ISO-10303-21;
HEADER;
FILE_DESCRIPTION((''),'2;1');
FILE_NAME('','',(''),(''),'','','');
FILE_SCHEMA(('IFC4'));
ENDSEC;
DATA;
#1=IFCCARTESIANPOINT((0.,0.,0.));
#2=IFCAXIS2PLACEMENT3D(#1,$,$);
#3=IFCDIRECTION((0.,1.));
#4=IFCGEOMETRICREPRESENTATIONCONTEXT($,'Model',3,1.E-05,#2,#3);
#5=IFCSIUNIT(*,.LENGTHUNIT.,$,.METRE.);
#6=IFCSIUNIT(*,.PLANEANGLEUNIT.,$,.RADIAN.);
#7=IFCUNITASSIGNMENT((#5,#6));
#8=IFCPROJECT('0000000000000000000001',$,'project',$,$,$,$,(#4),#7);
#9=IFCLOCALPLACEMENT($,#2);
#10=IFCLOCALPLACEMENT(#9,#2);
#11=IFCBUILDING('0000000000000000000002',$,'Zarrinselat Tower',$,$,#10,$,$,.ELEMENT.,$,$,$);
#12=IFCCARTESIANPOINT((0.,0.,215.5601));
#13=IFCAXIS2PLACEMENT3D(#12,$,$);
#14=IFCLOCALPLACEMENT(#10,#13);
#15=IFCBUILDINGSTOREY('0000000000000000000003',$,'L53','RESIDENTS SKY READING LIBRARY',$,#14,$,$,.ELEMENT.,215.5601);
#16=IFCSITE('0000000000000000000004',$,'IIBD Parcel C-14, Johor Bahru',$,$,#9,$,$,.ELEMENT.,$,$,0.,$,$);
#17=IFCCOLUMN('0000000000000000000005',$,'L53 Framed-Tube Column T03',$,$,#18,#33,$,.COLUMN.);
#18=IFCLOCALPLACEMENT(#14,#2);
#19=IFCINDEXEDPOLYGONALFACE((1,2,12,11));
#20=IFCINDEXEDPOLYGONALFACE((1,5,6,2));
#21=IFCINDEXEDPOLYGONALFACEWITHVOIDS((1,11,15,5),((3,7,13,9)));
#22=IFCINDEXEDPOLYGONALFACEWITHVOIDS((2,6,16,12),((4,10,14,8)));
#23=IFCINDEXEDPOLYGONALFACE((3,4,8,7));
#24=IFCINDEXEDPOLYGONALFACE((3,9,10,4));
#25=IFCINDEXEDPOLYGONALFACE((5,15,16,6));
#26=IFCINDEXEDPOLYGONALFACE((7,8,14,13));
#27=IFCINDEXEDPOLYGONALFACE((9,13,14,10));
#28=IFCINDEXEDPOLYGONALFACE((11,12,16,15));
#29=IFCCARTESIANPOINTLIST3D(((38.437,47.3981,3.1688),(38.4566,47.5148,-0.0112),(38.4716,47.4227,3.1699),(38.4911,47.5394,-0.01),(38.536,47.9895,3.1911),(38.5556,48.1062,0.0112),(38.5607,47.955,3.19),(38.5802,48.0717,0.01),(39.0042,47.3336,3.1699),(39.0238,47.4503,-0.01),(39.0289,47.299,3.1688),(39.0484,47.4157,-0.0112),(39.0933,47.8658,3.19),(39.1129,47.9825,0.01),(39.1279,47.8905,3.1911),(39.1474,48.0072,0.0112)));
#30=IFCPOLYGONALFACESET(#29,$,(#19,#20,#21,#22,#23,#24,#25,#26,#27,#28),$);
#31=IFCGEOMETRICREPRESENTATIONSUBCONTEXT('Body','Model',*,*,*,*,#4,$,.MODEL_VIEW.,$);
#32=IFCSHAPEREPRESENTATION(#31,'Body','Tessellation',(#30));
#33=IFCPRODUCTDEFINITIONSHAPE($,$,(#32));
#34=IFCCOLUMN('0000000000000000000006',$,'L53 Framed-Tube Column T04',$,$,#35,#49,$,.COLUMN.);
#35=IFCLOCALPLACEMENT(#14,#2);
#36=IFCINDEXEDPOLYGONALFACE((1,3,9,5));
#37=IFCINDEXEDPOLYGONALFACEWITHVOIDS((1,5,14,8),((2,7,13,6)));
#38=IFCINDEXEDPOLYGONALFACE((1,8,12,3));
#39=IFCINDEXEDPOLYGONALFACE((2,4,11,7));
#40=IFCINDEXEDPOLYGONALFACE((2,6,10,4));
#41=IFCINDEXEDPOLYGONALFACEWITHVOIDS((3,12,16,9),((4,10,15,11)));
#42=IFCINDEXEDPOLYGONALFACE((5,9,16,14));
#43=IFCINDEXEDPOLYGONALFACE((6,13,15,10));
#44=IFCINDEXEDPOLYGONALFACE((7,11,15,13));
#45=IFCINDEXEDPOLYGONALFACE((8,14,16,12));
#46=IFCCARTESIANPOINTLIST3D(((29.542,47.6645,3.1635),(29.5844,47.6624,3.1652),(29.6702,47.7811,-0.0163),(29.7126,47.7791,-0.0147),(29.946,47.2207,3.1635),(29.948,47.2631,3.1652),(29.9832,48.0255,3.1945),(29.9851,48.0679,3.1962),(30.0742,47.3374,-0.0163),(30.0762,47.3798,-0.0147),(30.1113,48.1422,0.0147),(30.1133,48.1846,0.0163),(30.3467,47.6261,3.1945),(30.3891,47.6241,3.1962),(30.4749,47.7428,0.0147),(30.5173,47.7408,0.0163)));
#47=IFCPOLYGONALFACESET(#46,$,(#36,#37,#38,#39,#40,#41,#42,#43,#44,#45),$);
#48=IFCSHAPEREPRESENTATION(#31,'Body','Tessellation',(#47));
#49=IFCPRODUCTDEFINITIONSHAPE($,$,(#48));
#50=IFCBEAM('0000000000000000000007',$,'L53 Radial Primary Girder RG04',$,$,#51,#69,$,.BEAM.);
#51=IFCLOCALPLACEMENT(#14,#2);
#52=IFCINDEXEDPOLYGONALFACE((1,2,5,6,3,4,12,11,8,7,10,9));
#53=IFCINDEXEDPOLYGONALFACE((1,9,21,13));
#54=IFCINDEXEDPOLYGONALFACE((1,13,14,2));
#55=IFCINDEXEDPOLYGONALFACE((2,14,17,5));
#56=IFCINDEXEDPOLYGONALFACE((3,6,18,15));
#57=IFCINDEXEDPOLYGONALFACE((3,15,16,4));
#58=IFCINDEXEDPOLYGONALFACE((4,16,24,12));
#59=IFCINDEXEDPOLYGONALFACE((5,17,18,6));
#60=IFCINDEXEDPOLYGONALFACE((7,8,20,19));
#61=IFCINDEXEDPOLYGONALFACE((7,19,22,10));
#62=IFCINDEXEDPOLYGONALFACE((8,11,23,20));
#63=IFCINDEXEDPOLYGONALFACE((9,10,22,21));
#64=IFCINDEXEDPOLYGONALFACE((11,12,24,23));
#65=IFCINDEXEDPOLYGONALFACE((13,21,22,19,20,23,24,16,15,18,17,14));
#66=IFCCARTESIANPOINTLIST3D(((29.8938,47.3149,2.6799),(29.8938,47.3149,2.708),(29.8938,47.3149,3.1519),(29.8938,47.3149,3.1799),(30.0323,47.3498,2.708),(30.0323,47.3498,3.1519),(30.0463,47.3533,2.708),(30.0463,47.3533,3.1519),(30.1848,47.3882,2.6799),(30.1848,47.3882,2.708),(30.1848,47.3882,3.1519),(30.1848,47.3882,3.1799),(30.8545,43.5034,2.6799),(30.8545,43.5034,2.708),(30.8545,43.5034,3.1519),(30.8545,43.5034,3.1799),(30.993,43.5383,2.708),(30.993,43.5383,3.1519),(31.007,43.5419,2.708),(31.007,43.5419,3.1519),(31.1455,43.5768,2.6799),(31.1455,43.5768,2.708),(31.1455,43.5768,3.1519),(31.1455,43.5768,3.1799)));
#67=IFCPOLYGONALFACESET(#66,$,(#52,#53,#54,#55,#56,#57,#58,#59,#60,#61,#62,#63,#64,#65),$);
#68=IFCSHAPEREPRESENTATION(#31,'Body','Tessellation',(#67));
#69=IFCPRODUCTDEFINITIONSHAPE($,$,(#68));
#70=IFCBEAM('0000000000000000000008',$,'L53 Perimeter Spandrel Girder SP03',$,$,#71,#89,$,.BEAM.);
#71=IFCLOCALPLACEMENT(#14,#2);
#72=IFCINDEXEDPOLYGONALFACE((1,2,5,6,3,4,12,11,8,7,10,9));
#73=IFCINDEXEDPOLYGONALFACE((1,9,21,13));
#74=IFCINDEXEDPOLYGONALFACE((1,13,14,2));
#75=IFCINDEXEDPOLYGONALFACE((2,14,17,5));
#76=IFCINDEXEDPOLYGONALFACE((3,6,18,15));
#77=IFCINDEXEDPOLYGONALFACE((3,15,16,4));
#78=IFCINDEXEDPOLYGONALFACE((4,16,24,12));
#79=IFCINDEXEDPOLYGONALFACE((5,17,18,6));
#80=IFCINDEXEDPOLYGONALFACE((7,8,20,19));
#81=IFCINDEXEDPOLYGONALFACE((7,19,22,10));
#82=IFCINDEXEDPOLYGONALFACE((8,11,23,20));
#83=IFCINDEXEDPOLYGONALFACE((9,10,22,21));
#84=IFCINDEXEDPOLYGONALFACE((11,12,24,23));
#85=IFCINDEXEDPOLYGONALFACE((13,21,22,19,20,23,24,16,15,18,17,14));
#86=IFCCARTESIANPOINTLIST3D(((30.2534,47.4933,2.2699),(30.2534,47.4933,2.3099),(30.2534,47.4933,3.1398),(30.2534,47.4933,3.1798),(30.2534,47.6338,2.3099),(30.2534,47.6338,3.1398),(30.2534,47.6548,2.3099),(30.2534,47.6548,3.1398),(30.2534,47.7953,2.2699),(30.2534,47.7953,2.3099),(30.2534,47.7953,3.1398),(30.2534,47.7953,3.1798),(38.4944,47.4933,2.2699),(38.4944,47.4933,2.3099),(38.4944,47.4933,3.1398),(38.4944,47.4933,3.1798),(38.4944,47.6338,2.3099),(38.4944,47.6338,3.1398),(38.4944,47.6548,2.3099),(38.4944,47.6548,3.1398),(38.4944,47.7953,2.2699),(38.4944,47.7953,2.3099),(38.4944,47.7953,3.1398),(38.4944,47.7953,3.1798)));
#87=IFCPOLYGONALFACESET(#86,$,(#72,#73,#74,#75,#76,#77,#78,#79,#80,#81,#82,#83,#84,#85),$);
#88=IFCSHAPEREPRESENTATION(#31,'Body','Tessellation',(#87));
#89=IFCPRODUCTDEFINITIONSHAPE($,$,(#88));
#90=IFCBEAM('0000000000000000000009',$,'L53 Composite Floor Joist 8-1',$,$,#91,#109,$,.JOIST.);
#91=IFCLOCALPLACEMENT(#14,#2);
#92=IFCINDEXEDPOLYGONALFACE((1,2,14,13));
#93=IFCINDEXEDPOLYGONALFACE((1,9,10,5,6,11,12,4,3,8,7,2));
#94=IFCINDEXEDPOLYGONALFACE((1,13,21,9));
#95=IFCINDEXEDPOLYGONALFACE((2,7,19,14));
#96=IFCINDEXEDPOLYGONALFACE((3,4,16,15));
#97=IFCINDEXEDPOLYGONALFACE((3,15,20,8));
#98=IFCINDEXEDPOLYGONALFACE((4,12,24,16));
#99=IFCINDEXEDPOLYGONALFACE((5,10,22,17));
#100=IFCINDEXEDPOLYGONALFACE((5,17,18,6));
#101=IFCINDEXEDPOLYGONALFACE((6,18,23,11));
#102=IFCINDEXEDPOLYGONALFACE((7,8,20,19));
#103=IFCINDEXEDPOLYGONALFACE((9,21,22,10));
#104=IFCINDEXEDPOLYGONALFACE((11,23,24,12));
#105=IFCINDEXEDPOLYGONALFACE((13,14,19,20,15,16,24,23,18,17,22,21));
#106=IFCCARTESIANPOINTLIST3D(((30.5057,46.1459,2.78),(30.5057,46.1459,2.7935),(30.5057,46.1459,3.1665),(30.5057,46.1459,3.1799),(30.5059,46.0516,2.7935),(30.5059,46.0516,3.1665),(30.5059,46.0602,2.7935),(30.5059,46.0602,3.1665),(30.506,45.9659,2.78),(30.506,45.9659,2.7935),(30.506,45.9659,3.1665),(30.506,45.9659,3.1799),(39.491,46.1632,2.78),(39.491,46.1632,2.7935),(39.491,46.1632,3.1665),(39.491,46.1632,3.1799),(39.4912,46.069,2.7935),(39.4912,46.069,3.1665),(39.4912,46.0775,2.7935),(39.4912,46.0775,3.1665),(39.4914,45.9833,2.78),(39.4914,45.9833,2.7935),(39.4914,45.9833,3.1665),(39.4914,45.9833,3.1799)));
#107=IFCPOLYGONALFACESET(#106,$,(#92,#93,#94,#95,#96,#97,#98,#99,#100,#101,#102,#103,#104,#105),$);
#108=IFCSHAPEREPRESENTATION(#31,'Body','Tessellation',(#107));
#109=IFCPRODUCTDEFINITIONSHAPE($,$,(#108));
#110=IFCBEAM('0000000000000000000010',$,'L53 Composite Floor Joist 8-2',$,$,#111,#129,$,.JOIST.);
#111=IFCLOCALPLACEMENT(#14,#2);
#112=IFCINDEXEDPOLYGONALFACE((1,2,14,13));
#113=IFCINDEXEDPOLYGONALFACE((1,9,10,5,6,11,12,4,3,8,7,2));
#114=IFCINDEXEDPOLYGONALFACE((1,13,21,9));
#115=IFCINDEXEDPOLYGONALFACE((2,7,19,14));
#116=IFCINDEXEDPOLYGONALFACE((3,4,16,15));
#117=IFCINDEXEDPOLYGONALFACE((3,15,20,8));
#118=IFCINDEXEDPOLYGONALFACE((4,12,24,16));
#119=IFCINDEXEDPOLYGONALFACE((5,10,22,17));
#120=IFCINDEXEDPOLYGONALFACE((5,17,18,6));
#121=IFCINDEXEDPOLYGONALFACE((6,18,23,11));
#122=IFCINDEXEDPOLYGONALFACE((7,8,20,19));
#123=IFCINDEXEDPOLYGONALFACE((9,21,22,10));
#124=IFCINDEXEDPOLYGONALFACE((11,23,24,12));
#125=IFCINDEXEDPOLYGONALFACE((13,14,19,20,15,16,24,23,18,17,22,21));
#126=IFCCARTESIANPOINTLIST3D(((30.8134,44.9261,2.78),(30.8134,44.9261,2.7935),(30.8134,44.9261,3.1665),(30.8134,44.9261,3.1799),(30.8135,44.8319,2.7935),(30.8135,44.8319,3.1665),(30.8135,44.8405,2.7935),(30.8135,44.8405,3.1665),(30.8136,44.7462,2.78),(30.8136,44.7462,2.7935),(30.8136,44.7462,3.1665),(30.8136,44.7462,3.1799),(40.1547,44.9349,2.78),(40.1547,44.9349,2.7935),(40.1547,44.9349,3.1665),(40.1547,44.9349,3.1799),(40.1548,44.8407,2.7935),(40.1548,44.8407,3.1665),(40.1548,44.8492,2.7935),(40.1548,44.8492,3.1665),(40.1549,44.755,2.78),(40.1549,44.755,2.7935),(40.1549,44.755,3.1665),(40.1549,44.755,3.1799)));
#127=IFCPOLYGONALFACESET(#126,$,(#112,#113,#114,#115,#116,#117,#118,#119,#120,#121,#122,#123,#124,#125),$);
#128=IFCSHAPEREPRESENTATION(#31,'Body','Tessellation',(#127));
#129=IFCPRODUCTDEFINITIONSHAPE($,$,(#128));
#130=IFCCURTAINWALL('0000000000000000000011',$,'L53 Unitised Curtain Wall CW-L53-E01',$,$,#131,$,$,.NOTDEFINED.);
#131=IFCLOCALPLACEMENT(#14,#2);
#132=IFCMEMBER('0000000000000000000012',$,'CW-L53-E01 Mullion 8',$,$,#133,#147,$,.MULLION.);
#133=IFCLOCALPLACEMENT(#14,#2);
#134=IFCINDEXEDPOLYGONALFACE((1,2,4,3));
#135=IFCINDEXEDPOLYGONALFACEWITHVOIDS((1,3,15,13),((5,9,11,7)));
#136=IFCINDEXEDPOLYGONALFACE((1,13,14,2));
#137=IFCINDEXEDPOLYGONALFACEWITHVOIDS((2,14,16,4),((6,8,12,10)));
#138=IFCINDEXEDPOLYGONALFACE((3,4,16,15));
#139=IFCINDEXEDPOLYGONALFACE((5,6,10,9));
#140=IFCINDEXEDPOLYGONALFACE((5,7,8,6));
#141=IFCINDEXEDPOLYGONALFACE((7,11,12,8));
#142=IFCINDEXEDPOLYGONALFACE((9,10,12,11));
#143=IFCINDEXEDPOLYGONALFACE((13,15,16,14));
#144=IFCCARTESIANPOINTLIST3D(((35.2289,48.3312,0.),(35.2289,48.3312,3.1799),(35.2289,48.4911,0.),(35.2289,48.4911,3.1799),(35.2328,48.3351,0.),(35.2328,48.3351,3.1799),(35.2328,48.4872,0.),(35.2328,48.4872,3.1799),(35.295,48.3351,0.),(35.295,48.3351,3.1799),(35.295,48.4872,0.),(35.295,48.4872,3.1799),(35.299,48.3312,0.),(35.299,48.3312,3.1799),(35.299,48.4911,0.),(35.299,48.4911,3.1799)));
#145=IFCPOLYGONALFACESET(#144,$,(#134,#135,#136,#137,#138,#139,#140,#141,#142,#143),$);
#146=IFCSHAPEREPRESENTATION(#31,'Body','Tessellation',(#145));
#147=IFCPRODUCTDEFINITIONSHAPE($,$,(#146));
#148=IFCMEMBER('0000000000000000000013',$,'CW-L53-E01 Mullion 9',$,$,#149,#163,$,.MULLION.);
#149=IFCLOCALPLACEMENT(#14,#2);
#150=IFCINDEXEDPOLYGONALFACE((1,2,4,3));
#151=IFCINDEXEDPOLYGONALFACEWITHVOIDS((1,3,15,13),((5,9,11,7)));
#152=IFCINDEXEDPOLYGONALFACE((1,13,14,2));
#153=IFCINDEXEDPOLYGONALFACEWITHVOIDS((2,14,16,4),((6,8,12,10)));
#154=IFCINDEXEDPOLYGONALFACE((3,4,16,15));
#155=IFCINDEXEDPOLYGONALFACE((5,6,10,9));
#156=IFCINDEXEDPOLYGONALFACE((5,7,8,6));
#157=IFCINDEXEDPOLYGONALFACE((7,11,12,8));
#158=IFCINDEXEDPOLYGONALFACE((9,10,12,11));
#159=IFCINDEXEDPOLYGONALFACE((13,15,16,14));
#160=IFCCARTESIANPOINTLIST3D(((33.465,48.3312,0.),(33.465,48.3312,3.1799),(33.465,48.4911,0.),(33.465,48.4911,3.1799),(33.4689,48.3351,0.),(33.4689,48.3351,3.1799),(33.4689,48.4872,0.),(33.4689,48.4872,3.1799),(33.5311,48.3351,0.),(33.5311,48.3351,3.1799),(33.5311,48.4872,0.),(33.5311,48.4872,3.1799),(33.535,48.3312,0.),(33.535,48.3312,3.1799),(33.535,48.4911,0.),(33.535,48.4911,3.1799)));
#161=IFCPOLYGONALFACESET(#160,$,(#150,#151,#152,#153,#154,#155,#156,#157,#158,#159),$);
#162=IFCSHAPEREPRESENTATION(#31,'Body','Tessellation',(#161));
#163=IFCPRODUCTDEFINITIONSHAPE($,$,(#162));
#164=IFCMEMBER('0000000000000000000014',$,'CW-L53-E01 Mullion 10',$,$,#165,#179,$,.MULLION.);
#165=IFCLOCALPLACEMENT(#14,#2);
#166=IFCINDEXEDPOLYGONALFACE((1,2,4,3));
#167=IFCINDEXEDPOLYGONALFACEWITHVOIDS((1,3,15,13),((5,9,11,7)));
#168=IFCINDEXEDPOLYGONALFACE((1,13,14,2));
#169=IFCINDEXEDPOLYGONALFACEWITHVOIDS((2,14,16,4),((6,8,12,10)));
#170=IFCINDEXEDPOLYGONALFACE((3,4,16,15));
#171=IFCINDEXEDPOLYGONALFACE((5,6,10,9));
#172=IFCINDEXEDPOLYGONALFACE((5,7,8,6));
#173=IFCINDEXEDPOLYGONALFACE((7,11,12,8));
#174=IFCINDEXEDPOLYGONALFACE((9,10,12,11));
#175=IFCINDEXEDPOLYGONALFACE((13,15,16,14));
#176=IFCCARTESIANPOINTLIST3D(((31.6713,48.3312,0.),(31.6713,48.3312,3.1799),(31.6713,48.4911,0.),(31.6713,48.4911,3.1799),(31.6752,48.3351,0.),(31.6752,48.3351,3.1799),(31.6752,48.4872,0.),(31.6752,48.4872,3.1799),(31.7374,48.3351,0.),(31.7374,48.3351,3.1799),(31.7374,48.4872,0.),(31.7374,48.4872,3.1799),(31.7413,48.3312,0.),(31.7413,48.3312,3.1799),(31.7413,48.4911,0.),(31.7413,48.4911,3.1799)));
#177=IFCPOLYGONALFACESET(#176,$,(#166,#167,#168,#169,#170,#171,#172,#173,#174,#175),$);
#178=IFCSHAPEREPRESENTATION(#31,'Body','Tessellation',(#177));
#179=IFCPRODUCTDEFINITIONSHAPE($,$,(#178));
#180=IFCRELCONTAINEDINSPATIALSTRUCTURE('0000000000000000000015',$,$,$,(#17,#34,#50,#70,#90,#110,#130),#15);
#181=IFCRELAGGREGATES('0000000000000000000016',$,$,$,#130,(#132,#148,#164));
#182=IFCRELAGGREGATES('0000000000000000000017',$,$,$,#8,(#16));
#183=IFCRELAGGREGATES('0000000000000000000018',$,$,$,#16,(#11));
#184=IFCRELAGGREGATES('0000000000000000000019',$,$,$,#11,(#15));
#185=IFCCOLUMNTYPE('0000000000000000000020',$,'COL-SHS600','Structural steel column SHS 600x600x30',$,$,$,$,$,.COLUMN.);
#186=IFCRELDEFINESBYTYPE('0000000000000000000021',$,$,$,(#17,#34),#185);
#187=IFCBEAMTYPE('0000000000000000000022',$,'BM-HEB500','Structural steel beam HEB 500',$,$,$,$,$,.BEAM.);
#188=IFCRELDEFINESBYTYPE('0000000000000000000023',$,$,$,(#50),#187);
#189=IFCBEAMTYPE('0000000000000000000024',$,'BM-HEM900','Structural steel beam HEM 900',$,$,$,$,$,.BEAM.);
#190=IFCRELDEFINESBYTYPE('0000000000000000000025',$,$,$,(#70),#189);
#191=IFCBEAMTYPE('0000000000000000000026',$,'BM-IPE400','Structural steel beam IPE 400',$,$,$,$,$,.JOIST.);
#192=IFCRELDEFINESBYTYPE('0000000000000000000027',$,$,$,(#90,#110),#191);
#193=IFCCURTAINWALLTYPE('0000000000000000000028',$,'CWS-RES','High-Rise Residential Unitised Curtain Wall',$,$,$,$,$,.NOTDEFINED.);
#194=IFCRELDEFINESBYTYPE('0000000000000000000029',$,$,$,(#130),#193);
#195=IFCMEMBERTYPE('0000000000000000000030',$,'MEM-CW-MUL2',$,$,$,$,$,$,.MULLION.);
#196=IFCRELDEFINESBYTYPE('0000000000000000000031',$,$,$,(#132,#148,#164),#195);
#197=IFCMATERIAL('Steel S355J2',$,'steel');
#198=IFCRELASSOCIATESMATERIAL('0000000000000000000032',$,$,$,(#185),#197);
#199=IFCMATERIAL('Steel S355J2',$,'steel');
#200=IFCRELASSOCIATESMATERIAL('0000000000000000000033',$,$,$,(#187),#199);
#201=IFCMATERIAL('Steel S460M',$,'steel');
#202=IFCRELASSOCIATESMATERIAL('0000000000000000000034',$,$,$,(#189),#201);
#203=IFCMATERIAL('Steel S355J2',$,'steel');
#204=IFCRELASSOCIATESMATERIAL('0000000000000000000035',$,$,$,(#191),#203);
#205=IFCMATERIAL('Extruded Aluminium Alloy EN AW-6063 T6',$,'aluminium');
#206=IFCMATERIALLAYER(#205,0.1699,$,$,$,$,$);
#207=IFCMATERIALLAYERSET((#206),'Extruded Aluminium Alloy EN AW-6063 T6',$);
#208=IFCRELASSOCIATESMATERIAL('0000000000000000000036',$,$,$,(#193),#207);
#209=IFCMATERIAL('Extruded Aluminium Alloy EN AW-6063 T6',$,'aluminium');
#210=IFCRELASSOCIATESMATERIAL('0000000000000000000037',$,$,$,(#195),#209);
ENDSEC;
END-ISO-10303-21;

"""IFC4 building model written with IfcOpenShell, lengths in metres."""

from ifc_helpers import new_model, si_unit, direction, frame, origin, origin_2d, place, context, subcontext, project, spatial, hollow_rectangle, i_section, extrude, material, layer, layer_set, material_profile, profile_set, type_object, element, aggregate, save


model = new_model("IFC4")

# Units and contexts
model_context = context("Model", 3, precision=1e-05, world=origin(), true_north=direction((0.0, 1.0)))
body_context = subcontext(model_context, "Body", "Model", "MODEL_VIEW")
ifc_project = project(units=[si_unit("LENGTHUNIT", "METRE"), si_unit("PLANEANGLEUNIT", "RADIAN")], contexts=[model_context])

# Site, building, storey
site_placement = place(None, origin())
site = spatial("IfcSite", under=ifc_project, at=site_placement, Name="IIBD Parcel C-14, Johor Bahru", CompositionType="ELEMENT", RefElevation=0.0)
building_placement = place(site_placement, origin())
building = spatial("IfcBuilding", under=site, at=building_placement, Name="Zarrinselat Tower", CompositionType="ELEMENT")
storey_placement = place(building_placement, frame((0.0, 0.0, 215.5601)))
storey = spatial("IfcBuildingStorey", under=building, at=storey_placement, Name="L53", Description="RESIDENTS SKY READING LIBRARY", CompositionType="ELEMENT", Elevation=215.5601)

# Columns
ifc_material_1 = material(Name="Steel S355J2", Category="steel")
ifc_material_profile_1 = material_profile(ifc_material_1, hollow_rectangle(XDim=0.6001, YDim=0.6001, WallThickness=0.03, at=origin_2d()), Name="SHS 600x600x30")
ifc_profile_set_1 = profile_set([ifc_material_profile_1], Name="Steel S355J2")
column_type = type_object("IfcColumnType", Name="COL-SHS600", Description="Structural steel column SHS 600x600x30", PredefinedType="COLUMN", material=ifc_profile_set_1)
column_1_placement = place(storey_placement, frame((38.802, 47.761, 0.0), z_axis=(-0.006138, -0.036673, 0.999308), x_axis=(0.986282, -0.165068, 0.0)))
element("IfcColumn", 1, at=column_1_placement, inside=storey, type_object=column_type, Name="L53 Framed-Tube Column T03", PredefinedType="COLUMN", context=body_context, shape_type="SweptSolid", body=[
    extrude(hollow_rectangle(XDim=0.6001, YDim=0.6001, WallThickness=0.03, at=origin_2d()), origin(), (0.0, 0.0, 1.0), 3.1821),
])
column_2_placement = place(storey_placement, frame((30.0938, 47.761, 0.0), z_axis=(-0.040247, -0.036644, 0.998518), x_axis=(0.673233, -0.73943, 0.0)))
element("IfcColumn", 2, at=column_2_placement, inside=storey, type_object=column_type, Name="L53 Framed-Tube Column T04", PredefinedType="COLUMN", context=body_context, shape_type="SweptSolid", body=[
    extrude(hollow_rectangle(XDim=0.6001, YDim=0.6001, WallThickness=0.03, at=origin_2d()), origin(), (0.0, 0.0, 1.0), 3.1846),
])

# Beams
ifc_material_2 = material(Name="Steel S355J2", Category="steel")
ifc_material_profile_2 = material_profile(ifc_material_2, i_section(OverallWidth=0.3, OverallDepth=0.5, WebThickness=0.0144, FlangeThickness=0.0281, at=origin_2d()), Name="HEB 500")
ifc_profile_set_2 = profile_set([ifc_material_profile_2], Name="Steel S355J2")
beam_type_1 = type_object("IfcBeamType", Name="BM-HEB500", Description="Structural steel beam HEB 500", PredefinedType="BEAM", material=ifc_profile_set_2)
beam_1_placement = place(storey_placement, frame((30.0393, 47.3516, 2.9299), z_axis=(0.244406, -0.969673, 0.0), x_axis=(0.969673, 0.244406, 0.0)))
element("IfcBeam", 3, at=beam_1_placement, inside=storey, type_object=beam_type_1, Name="L53 Radial Primary Girder RG04", PredefinedType="BEAM", context=body_context, shape_type="SweptSolid", body=[
    extrude(i_section(OverallWidth=0.3, OverallDepth=0.5, WebThickness=0.0144, FlangeThickness=0.0281, at=origin_2d()), origin(), (0.0, 0.0, 1.0), 3.9307),
])
ifc_material_3 = material(Name="Steel S460M", Category="steel")
ifc_material_profile_3 = material_profile(ifc_material_3, i_section(OverallWidth=0.302, OverallDepth=0.9099, WebThickness=0.021, FlangeThickness=0.04, at=origin_2d()), Name="HEM 900")
ifc_profile_set_3 = profile_set([ifc_material_profile_3], Name="Steel S460M")
beam_type_2 = type_object("IfcBeamType", Name="BM-HEM900", Description="Structural steel beam HEM 900", PredefinedType="BEAM", material=ifc_profile_set_3)
beam_2_placement = place(storey_placement, frame((30.2534, 47.6443, 2.7249), z_axis=(1.0, 0.0, 0.0), x_axis=(0.0, 1.0, 0.0)))
element("IfcBeam", 4, at=beam_2_placement, inside=storey, type_object=beam_type_2, Name="L53 Perimeter Spandrel Girder SP03", PredefinedType="BEAM", context=body_context, shape_type="SweptSolid", body=[
    extrude(i_section(OverallWidth=0.302, OverallDepth=0.9099, WebThickness=0.021, FlangeThickness=0.04, at=origin_2d()), origin(), (0.0, 0.0, 1.0), 8.241),
])
ifc_material_4 = material(Name="Steel S355J2", Category="steel")
ifc_material_profile_4 = material_profile(ifc_material_4, i_section(OverallWidth=0.1799, OverallDepth=0.3999, WebThickness=0.0085, FlangeThickness=0.0134, at=origin_2d()), Name="IPE 400")
ifc_profile_set_4 = profile_set([ifc_material_profile_4], Name="Steel S355J2")
beam_type_3 = type_object("IfcBeamType", Name="BM-IPE400", Description="Structural steel beam IPE 400", PredefinedType="JOIST", material=ifc_profile_set_4)
beam_3_placement = place(storey_placement, frame((30.5059, 46.0559, 2.98), z_axis=(0.999998, 0.001929, 0.0), x_axis=(-0.001929, 0.999998, 0.0)))
element("IfcBeam", 5, at=beam_3_placement, inside=storey, type_object=beam_type_3, Name="L53 Composite Floor Joist 8-1", PredefinedType="JOIST", context=body_context, shape_type="SweptSolid", body=[
    extrude(i_section(OverallWidth=0.1799, OverallDepth=0.3999, WebThickness=0.0085, FlangeThickness=0.0134, at=origin_2d()), origin(), (0.0, 0.0, 1.0), 8.9854),
])
beam_4_placement = place(storey_placement, frame((30.8135, 44.8362, 2.98), z_axis=(1.0, 0.000941, 0.0), x_axis=(-0.000941, 1.0, 0.0)))
element("IfcBeam", 6, at=beam_4_placement, inside=storey, type_object=beam_type_3, Name="L53 Composite Floor Joist 8-2", PredefinedType="JOIST", context=body_context, shape_type="SweptSolid", body=[
    extrude(i_section(OverallWidth=0.1799, OverallDepth=0.3999, WebThickness=0.0085, FlangeThickness=0.0134, at=origin_2d()), origin(), (0.0, 0.0, 1.0), 9.3413),
])

# Curtain wall, members
ifc_material_5 = material(Name="Extruded Aluminium Alloy EN AW-6063 T6", Category="aluminium")
ifc_layer_1 = layer(ifc_material_5, 0.1699)
ifc_layer_set_1 = layer_set([ifc_layer_1], Name="Extruded Aluminium Alloy EN AW-6063 T6")
curtain_wall_type = type_object("IfcCurtainWallType", Name="CWS-RES", Description="High-Rise Residential Unitised Curtain Wall", PredefinedType="NOTDEFINED", material=ifc_layer_set_1)
curtain_wall_placement = place(storey_placement, origin())
curtain_wall = element("IfcCurtainWall", 7, at=curtain_wall_placement, inside=storey, type_object=curtain_wall_type, Name="L53 Unitised Curtain Wall CW-L53-E01", PredefinedType="NOTDEFINED")
ifc_material_6 = material(Name="Extruded Aluminium Alloy EN AW-6063 T6", Category="aluminium")
ifc_material_profile_5 = material_profile(ifc_material_6, hollow_rectangle(XDim=0.0701, YDim=0.1599, WallThickness=0.0039, at=origin_2d()), Name="RHS 160x70x4")
ifc_profile_set_5 = profile_set([ifc_material_profile_5], Name="Extruded Aluminium Alloy EN AW-6063 T6")
member_type_1 = type_object("IfcMemberType", Name="MEM-CW-MUL2", PredefinedType="MULLION", material=ifc_profile_set_5)
member_1_placement = place(storey_placement, frame((35.2639, 48.4111, 0.0), z_axis=(0.0, 0.0, 1.0), x_axis=(-1.0, 0.0, 0.0)))
member_1 = element("IfcMember", 8, at=member_1_placement, type_object=member_type_1, Name="CW-L53-E01 Mullion 8", PredefinedType="MULLION", context=body_context, shape_type="SweptSolid", body=[
    extrude(hollow_rectangle(XDim=0.0701, YDim=0.1599, WallThickness=0.0039, at=origin_2d()), origin(), (0.0, 0.0, 1.0), 3.1799),
])
member_2_placement = place(storey_placement, frame((33.5, 48.4111, 0.0), z_axis=(0.0, 0.0, 1.0), x_axis=(-1.0, 0.0, 0.0)))
member_2 = element("IfcMember", 9, at=member_2_placement, type_object=member_type_1, Name="CW-L53-E01 Mullion 9", PredefinedType="MULLION", context=body_context, shape_type="SweptSolid", body=[
    extrude(hollow_rectangle(XDim=0.0701, YDim=0.1599, WallThickness=0.0039, at=origin_2d()), origin(), (0.0, 0.0, 1.0), 3.1799),
])
member_3_placement = place(storey_placement, frame((31.7063, 48.4111, 0.0), z_axis=(0.0, 0.0, 1.0), x_axis=(-1.0, 0.0, 0.0)))
member_3 = element("IfcMember", 10, at=member_3_placement, type_object=member_type_1, Name="CW-L53-E01 Mullion 10", PredefinedType="MULLION", context=body_context, shape_type="SweptSolid", body=[
    extrude(hollow_rectangle(XDim=0.0701, YDim=0.1599, WallThickness=0.0039, at=origin_2d()), origin(), (0.0, 0.0, 1.0), 3.1799),
])
aggregate(curtain_wall, [member_1, member_2, member_3])

save(model, "model.ifc")
